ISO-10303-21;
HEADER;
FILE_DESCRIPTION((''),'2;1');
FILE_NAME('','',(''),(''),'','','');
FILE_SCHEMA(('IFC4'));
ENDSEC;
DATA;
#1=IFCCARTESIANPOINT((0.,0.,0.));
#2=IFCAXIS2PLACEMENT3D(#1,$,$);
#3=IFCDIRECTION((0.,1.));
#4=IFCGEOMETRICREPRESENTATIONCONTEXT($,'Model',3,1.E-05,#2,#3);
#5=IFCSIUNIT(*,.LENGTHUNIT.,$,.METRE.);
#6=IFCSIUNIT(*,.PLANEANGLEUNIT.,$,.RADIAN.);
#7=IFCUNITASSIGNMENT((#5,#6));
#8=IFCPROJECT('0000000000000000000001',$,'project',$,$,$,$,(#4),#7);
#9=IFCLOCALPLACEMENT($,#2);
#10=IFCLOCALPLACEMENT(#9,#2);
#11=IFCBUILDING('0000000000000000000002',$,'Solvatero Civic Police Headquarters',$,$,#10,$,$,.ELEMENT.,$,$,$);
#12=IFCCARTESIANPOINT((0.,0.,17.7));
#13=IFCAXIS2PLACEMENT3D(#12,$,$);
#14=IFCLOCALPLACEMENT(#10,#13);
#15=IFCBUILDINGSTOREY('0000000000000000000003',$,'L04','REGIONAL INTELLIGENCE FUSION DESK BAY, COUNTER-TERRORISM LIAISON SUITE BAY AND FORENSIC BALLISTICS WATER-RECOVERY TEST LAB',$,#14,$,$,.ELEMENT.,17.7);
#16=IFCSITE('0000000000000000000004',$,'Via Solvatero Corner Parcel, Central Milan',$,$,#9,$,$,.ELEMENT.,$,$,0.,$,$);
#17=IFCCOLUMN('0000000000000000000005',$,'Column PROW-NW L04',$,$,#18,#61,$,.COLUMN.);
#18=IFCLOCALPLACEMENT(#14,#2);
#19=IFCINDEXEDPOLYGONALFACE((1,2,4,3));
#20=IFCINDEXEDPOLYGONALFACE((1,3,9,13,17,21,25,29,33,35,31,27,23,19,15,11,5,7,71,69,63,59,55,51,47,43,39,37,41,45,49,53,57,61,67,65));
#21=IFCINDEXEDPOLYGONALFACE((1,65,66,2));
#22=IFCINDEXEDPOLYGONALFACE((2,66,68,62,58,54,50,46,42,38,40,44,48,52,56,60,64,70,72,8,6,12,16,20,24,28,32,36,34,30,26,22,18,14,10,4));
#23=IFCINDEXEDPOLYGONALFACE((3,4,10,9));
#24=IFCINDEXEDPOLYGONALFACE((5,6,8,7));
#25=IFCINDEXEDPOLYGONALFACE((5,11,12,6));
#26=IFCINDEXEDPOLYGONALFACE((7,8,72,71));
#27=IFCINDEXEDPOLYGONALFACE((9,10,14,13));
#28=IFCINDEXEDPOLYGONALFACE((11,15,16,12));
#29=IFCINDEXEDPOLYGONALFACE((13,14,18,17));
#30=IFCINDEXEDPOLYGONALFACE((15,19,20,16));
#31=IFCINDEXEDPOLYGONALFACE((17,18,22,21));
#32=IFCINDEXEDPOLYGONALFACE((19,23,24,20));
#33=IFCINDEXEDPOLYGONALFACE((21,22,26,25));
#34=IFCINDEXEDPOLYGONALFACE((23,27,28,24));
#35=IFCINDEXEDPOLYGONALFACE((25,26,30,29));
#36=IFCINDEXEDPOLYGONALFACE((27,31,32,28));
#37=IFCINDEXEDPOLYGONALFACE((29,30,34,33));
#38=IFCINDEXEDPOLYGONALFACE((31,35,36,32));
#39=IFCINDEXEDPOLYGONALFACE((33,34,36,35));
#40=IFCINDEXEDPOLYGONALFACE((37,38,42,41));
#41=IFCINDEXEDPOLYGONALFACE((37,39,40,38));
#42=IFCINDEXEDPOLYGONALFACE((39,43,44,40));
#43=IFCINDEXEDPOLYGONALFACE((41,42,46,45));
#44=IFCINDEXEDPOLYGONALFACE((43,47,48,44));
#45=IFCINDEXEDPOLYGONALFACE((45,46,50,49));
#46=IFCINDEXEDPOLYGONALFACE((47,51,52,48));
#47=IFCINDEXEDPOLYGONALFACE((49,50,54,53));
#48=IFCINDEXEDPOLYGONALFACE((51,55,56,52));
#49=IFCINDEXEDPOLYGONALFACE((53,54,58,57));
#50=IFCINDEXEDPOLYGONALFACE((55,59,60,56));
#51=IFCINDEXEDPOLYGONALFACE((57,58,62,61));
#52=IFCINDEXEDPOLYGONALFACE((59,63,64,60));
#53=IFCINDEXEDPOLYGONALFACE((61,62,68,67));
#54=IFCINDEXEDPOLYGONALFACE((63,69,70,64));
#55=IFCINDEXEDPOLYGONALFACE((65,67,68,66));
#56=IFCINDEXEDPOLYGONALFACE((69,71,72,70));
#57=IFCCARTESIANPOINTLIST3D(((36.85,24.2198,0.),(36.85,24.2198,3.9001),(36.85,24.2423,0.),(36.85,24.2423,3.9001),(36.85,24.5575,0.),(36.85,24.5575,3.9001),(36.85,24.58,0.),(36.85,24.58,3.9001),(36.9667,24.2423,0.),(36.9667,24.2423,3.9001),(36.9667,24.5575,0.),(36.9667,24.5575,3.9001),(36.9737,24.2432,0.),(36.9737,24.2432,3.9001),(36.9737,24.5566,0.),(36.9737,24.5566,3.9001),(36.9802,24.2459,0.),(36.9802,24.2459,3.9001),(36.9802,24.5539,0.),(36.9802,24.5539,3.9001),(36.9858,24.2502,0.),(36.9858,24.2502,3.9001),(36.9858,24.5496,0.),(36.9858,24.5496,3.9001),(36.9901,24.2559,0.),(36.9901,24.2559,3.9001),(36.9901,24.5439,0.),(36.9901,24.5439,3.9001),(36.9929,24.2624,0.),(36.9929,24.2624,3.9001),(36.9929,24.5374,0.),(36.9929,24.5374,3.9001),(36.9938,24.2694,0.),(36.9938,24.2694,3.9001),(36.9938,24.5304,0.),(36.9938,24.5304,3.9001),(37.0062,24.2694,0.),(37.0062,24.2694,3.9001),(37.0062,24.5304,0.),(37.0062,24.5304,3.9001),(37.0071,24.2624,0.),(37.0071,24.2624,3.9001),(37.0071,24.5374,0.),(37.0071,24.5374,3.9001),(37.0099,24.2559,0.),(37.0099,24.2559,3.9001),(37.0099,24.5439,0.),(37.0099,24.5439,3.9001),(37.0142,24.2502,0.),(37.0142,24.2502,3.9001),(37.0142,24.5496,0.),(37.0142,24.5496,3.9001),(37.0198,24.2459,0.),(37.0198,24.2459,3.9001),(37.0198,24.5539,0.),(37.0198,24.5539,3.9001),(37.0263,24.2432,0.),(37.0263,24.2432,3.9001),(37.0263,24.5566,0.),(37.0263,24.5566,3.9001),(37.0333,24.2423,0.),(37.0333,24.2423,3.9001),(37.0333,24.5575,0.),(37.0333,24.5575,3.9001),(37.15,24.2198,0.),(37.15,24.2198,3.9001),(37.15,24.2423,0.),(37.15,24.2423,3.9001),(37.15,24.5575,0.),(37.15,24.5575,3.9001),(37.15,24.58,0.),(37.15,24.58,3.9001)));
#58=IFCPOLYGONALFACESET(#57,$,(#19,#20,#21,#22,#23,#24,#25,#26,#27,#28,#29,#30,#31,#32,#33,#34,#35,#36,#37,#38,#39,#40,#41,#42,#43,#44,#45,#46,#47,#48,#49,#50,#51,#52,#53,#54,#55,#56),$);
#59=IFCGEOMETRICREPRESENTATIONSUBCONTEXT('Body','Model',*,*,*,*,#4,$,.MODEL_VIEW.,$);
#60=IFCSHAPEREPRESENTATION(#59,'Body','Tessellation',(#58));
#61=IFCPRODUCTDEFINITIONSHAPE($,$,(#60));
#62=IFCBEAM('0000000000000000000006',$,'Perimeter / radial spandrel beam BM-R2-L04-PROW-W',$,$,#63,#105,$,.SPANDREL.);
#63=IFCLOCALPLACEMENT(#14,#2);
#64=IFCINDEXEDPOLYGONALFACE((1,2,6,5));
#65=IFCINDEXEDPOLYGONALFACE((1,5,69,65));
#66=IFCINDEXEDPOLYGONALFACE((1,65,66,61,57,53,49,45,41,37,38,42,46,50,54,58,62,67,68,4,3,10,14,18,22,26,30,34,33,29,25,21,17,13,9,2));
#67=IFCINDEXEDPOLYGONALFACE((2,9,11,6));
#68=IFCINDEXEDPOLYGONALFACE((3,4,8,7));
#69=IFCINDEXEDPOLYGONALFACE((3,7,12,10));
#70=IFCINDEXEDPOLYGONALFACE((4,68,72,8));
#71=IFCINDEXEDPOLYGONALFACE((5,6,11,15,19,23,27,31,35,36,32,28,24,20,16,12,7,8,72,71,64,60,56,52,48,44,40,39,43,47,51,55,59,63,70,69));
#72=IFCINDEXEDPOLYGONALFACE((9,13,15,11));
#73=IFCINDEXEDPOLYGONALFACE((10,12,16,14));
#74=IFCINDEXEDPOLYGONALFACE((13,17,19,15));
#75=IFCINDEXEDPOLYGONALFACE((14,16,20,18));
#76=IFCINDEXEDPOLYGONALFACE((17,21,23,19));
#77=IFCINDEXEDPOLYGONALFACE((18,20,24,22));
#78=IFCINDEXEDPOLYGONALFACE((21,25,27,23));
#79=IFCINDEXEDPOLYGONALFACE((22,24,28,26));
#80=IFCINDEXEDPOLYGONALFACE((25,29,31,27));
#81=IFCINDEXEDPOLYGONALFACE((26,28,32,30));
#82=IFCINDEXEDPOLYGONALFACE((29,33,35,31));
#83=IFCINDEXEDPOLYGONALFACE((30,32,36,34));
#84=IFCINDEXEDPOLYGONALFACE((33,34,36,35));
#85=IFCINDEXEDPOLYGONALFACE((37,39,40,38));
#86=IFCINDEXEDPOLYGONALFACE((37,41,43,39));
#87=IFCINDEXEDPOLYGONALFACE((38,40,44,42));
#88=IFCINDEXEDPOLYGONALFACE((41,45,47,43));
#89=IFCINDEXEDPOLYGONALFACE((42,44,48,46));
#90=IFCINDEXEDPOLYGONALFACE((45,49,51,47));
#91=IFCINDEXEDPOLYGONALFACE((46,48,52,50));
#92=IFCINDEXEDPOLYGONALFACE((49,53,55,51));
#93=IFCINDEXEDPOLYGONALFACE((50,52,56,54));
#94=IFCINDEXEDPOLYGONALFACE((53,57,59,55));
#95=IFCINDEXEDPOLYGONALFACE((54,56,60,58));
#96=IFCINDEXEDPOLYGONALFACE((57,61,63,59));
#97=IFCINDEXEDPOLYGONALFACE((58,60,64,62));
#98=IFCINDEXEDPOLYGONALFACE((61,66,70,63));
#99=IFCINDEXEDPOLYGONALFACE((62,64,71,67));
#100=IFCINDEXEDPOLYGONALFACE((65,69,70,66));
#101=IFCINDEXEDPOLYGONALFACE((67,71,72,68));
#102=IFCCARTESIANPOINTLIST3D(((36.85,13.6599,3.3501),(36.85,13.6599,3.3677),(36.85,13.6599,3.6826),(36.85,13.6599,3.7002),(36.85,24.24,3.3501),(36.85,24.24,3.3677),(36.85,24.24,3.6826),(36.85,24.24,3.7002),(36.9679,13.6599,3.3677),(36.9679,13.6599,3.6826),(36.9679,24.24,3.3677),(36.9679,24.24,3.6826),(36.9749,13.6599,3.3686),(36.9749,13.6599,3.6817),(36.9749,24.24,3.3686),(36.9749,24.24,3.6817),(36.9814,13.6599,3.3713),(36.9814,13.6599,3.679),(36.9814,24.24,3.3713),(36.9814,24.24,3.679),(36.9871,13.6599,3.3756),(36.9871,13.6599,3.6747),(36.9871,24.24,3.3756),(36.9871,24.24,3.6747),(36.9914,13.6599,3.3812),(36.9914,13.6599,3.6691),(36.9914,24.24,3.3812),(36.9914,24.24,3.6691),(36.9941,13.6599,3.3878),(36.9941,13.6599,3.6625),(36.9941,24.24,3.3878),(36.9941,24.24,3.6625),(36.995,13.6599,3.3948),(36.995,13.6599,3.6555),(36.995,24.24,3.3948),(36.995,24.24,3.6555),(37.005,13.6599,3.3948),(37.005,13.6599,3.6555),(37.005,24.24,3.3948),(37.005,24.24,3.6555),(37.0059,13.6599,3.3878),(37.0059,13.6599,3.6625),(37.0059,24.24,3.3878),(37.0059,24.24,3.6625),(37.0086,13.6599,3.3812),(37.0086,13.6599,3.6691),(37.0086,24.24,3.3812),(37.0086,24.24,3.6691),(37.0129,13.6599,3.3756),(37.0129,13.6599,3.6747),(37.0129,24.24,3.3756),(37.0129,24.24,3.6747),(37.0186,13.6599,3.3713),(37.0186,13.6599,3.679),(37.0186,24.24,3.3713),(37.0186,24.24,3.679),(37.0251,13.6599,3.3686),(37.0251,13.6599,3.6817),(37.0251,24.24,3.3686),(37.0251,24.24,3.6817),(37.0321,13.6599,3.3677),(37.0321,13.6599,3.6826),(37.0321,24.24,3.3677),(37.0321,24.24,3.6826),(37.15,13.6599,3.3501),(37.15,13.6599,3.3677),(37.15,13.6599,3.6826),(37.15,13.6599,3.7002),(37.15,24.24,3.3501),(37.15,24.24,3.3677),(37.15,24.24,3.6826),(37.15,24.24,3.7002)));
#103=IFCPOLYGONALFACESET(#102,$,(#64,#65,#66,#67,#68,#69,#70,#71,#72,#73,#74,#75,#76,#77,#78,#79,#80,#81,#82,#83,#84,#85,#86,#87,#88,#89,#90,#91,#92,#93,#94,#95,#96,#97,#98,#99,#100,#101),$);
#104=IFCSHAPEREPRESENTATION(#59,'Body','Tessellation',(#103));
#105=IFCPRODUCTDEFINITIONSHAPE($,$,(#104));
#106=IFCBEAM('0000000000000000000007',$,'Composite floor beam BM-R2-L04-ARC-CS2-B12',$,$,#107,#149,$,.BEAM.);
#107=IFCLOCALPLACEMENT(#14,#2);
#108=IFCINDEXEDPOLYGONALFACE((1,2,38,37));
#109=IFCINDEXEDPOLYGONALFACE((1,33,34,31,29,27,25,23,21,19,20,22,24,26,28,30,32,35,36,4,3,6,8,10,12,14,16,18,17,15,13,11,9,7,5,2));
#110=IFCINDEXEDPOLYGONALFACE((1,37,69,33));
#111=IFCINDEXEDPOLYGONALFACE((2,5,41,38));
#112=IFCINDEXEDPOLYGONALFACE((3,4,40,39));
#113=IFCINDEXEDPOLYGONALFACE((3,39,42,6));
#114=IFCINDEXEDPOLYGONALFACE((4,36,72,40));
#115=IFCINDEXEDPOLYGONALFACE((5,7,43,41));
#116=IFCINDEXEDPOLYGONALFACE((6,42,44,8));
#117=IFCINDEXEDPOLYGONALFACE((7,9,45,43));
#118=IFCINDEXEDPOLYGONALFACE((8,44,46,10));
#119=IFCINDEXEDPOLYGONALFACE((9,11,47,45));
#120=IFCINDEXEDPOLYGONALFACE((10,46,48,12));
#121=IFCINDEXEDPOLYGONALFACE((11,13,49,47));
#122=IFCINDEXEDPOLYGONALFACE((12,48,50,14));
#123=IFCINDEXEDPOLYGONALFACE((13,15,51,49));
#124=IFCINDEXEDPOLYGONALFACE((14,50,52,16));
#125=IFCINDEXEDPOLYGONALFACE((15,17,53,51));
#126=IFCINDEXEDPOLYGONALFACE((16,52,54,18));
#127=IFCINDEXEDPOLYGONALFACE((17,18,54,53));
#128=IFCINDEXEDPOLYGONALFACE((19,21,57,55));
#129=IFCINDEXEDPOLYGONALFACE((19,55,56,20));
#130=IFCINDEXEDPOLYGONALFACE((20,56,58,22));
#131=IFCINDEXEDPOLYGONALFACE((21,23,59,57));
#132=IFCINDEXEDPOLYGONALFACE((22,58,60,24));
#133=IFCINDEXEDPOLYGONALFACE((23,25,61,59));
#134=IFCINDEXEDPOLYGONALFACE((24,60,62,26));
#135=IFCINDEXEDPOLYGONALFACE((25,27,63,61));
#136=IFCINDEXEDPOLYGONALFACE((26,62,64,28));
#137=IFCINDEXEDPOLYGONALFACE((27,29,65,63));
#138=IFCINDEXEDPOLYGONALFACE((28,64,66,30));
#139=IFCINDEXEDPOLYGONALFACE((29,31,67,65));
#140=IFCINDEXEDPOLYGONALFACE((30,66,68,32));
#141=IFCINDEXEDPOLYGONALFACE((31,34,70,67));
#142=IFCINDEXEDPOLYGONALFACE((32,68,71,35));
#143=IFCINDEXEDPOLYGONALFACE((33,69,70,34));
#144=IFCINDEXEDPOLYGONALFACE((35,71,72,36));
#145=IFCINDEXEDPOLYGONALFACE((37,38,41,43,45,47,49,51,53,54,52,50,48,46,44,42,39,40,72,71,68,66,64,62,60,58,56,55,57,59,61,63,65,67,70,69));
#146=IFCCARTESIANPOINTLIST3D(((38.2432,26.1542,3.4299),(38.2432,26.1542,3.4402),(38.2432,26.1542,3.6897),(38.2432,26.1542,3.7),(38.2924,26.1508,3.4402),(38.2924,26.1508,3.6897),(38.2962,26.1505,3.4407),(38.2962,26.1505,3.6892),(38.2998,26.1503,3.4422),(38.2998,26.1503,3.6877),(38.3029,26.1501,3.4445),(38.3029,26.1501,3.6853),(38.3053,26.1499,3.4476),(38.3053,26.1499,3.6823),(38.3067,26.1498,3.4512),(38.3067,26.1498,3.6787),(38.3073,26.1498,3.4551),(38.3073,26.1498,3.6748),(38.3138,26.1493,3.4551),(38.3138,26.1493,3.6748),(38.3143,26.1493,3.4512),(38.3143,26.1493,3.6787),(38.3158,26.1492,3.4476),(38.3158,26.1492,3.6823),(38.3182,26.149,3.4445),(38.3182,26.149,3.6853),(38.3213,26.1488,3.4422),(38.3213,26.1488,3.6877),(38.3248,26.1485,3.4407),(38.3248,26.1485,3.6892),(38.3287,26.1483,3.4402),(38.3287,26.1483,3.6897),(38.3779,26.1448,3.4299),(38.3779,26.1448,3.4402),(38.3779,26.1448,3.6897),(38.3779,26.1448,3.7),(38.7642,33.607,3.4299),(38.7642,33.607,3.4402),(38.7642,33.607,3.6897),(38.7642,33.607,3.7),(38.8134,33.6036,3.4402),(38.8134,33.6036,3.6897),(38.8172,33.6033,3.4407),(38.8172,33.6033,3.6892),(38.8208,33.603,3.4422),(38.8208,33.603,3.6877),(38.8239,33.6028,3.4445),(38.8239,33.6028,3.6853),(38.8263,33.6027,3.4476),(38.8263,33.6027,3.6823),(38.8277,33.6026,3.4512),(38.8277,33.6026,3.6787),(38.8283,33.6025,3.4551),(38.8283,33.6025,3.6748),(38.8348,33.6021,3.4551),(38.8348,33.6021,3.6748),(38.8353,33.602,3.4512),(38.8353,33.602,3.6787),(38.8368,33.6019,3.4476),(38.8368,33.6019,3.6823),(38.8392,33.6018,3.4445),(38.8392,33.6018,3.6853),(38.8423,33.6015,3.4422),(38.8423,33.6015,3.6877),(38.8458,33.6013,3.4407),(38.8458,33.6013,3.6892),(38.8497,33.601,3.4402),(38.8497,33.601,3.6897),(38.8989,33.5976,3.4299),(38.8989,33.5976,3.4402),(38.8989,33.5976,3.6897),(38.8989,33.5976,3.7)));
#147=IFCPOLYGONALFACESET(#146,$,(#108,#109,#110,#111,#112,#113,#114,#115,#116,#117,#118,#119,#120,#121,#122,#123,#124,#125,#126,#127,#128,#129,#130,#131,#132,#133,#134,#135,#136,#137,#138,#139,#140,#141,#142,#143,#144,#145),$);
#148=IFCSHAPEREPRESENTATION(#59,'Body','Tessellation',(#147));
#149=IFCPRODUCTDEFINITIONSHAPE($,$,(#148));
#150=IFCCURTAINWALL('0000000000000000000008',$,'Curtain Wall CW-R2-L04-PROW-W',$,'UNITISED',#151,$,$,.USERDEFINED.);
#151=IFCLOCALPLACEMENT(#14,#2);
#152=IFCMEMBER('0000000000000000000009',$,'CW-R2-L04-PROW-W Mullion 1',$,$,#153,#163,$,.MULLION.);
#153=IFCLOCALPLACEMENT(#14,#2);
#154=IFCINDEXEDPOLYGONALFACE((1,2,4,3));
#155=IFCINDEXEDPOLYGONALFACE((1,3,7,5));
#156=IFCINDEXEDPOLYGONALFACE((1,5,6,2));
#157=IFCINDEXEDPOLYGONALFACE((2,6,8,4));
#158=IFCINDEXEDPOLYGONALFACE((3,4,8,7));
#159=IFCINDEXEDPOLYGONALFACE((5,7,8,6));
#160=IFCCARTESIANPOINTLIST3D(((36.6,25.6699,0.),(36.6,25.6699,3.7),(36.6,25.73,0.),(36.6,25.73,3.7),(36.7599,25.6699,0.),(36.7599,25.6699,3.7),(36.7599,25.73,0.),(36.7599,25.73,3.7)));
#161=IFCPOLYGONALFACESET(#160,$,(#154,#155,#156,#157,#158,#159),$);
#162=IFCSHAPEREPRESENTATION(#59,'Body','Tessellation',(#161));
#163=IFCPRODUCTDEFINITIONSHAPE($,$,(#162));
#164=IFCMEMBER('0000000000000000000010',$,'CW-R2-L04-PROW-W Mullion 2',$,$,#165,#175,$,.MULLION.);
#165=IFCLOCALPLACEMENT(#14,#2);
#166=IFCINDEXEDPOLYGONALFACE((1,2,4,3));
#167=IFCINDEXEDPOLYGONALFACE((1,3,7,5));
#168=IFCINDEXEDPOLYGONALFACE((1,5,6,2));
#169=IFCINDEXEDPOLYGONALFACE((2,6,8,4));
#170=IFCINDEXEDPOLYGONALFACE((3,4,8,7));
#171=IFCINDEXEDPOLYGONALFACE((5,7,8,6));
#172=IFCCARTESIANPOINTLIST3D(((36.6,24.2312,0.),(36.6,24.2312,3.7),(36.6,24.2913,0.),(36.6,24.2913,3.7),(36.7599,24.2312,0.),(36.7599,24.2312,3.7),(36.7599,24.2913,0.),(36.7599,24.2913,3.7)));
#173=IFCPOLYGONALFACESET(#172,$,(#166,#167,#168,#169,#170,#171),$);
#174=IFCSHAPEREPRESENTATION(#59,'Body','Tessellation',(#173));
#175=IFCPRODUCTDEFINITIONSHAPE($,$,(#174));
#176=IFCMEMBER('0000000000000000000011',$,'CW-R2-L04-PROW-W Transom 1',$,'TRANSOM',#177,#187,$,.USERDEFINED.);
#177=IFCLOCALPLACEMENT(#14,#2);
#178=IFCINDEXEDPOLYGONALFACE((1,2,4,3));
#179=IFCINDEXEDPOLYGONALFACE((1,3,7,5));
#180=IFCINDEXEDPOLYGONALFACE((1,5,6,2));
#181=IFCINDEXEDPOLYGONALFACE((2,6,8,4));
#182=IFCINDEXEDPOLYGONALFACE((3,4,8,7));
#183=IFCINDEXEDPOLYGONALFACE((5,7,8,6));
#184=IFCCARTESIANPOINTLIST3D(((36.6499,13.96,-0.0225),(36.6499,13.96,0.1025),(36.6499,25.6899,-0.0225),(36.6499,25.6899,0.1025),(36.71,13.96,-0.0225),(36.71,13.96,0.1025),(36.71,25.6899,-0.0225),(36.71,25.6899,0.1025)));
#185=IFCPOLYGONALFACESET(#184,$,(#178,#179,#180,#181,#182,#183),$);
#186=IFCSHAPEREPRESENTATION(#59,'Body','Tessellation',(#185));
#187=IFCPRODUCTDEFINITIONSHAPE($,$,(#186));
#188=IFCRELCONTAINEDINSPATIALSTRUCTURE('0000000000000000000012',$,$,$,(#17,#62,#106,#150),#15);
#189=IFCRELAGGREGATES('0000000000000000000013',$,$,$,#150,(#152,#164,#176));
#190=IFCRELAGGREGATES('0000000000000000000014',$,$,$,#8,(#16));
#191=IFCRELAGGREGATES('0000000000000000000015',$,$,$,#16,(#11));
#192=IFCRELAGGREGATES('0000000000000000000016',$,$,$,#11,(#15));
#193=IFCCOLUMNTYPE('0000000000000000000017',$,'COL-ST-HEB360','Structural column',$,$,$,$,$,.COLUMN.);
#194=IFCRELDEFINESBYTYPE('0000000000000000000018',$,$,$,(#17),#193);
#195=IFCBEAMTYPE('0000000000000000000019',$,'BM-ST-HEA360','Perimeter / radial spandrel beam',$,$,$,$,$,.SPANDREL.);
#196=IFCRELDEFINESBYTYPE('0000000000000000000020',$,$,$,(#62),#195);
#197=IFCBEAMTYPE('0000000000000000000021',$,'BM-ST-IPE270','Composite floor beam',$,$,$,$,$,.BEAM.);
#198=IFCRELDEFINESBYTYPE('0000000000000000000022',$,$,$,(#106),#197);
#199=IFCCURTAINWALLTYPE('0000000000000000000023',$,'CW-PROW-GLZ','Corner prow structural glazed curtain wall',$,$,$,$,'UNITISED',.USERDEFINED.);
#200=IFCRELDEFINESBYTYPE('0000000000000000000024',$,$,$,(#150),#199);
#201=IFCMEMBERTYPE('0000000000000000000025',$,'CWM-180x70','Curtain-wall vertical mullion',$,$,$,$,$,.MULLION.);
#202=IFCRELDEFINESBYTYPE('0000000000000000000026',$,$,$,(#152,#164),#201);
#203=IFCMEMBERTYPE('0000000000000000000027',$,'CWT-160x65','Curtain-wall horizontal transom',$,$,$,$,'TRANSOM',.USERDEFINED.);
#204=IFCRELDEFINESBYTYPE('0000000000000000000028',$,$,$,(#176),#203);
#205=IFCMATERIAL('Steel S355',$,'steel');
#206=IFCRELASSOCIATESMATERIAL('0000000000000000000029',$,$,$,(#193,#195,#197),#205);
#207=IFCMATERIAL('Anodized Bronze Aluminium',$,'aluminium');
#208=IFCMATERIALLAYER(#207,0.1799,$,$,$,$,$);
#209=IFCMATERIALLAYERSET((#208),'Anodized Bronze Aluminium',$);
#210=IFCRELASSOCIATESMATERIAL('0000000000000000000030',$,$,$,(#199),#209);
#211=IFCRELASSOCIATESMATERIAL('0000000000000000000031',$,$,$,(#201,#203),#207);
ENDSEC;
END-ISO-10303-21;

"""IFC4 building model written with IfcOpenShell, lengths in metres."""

from ifc_helpers import new_model, si_unit, direction, frame, origin, origin_2d, place, context, subcontext, project, spatial, rectangle, i_section, extrude, material, layer, layer_set, material_profile, profile_set, type_object, element, aggregate, save


model = new_model("IFC4")

# Units and contexts
model_context = context("Model", 3, precision=1e-05, world=origin(), true_north=direction((0.0, 1.0)))
body_context = subcontext(model_context, "Body", "Model", "MODEL_VIEW")
ifc_project = project(units=[si_unit("LENGTHUNIT", "METRE"), si_unit("PLANEANGLEUNIT", "RADIAN")], contexts=[model_context])

# Site, building, storey
site_placement = place(None, origin())
site = spatial("IfcSite", under=ifc_project, at=site_placement, Name="Via Solvatero Corner Parcel, Central Milan", CompositionType="ELEMENT", RefElevation=0.0)
building_placement = place(site_placement, origin())
building = spatial("IfcBuilding", under=site, at=building_placement, Name="Solvatero Civic Police Headquarters", CompositionType="ELEMENT")
storey_placement = place(building_placement, frame((0.0, 0.0, 17.7)))
storey = spatial("IfcBuildingStorey", under=building, at=storey_placement, Name="L04", Description="REGIONAL INTELLIGENCE FUSION DESK BAY, COUNTER-TERRORISM LIAISON SUITE BAY AND FORENSIC BALLISTICS WATER-RECOVERY TEST LAB", CompositionType="ELEMENT", Elevation=17.7)

# Column
ifc_material_1 = material(Name="Steel S355", Category="steel")
ifc_material_profile_1 = material_profile(ifc_material_1, i_section(OverallWidth=0.3, OverallDepth=0.3601, WebThickness=0.0125, FlangeThickness=0.0225, FilletRadius=0.0271, at=origin_2d()), Name="HEB 360")
ifc_profile_set_1 = profile_set([ifc_material_profile_1], Name="Steel S355")
column_type = type_object("IfcColumnType", Name="COL-ST-HEB360", Description="Structural column", PredefinedType="COLUMN", material=ifc_profile_set_1)
column_placement = place(storey_placement, frame((37.0, 24.3999, 0.0), z_axis=(0.0, 0.0, 1.0), x_axis=(1.0, 0.0, 0.0)))
element("IfcColumn", 1, at=column_placement, inside=storey, type_object=column_type, Name="Column PROW-NW L04", PredefinedType="COLUMN", context=body_context, shape_type="SweptSolid", body=[
    extrude(i_section(OverallWidth=0.3, OverallDepth=0.3601, WebThickness=0.0125, FlangeThickness=0.0225, FilletRadius=0.0271, at=origin_2d()), origin(), (0.0, 0.0, 1.0), 3.9001),
])

# Beams
ifc_material_profile_2 = material_profile(ifc_material_1, i_section(OverallWidth=0.3, OverallDepth=0.3501, WebThickness=0.01, FlangeThickness=0.0176, FilletRadius=0.0271, at=origin_2d()), Name="HEA 360")
ifc_profile_set_2 = profile_set([ifc_material_profile_2], Name="Steel S355")
beam_type_1 = type_object("IfcBeamType", Name="BM-ST-HEA360", Description="Perimeter / radial spandrel beam", PredefinedType="SPANDREL", material=ifc_profile_set_2)
beam_1_placement = place(storey_placement, frame((37.0, 24.24, 3.5251), z_axis=(0.0, -1.0, 0.0), x_axis=(1.0, 0.0, 0.0)))
element("IfcBeam", 2, at=beam_1_placement, inside=storey, type_object=beam_type_1, Name="Perimeter / radial spandrel beam BM-R2-L04-PROW-W", PredefinedType="SPANDREL", context=body_context, shape_type="SweptSolid", body=[
    extrude(i_section(OverallWidth=0.3, OverallDepth=0.3501, WebThickness=0.01, FlangeThickness=0.0176, FilletRadius=0.0271, at=origin_2d()), origin(), (0.0, 0.0, 1.0), 10.5801),
])
ifc_material_profile_3 = material_profile(ifc_material_1, i_section(OverallWidth=0.135, OverallDepth=0.27, WebThickness=0.0066, FlangeThickness=0.0103, FilletRadius=0.0149, at=origin_2d()), Name="IPE 270")
ifc_profile_set_3 = profile_set([ifc_material_profile_3], Name="Steel S355")
beam_type_2 = type_object("IfcBeamType", Name="BM-ST-IPE270", Description="Composite floor beam", PredefinedType="BEAM", material=ifc_profile_set_3)
beam_2_placement = place(storey_placement, frame((38.8315, 33.6023, 3.5649), z_axis=(-0.069737, -0.997565, 0.0), x_axis=(0.997565, -0.069737, 0.0)))
element("IfcBeam", 3, at=beam_2_placement, inside=storey, type_object=beam_type_2, Name="Composite floor beam BM-R2-L04-ARC-CS2-B12", PredefinedType="BEAM", context=body_context, shape_type="SweptSolid", body=[
    extrude(i_section(OverallWidth=0.135, OverallDepth=0.27, WebThickness=0.0066, FlangeThickness=0.0103, FilletRadius=0.0149, at=origin_2d()), origin(), (0.0, 0.0, 1.0), 7.4709),
])

# Curtain wall, members
ifc_material_2 = material(Name="Anodized Bronze Aluminium", Category="aluminium")
ifc_layer_1 = layer(ifc_material_2, 0.1799)
ifc_layer_set_1 = layer_set([ifc_layer_1], Name="Anodized Bronze Aluminium")
curtain_wall_type = type_object("IfcCurtainWallType", Name="CW-PROW-GLZ", Description="Corner prow structural glazed curtain wall", ElementType="UNITISED", PredefinedType="USERDEFINED", material=ifc_layer_set_1)
curtain_wall_placement = place(storey_placement, origin())
curtain_wall = element("IfcCurtainWall", 4, at=curtain_wall_placement, inside=storey, type_object=curtain_wall_type, Name="Curtain Wall CW-R2-L04-PROW-W", ObjectType="UNITISED", PredefinedType="USERDEFINED")
ifc_material_profile_4 = material_profile(ifc_material_2, rectangle(XDim=0.0601, YDim=0.1599, at=origin_2d()), Name="ALU MULLION 60x160")
ifc_profile_set_4 = profile_set([ifc_material_profile_4], Name="Anodized Bronze Aluminium")
member_type_1 = type_object("IfcMemberType", Name="CWM-180x70", Description="Curtain-wall vertical mullion", PredefinedType="MULLION", material=ifc_profile_set_4)
member_1_placement = place(storey_placement, frame((36.6799, 25.7, 0.0), z_axis=(0.0, 0.0, 1.0), x_axis=(0.0, -1.0, 0.0)))
member_1 = element("IfcMember", 5, at=member_1_placement, type_object=member_type_1, Name="CW-R2-L04-PROW-W Mullion 1", PredefinedType="MULLION", context=body_context, shape_type="SweptSolid", body=[
    extrude(rectangle(XDim=0.0601, YDim=0.1599, at=origin_2d()), origin(), (0.0, 0.0, 1.0), 3.7),
])
member_2_placement = place(storey_placement, frame((36.6799, 24.2612, 0.0), z_axis=(0.0, 0.0, 1.0), x_axis=(0.0, -1.0, 0.0)))
member_2 = element("IfcMember", 6, at=member_2_placement, type_object=member_type_1, Name="CW-R2-L04-PROW-W Mullion 2", PredefinedType="MULLION", context=body_context, shape_type="SweptSolid", body=[
    extrude(rectangle(XDim=0.0601, YDim=0.1599, at=origin_2d()), origin(), (0.0, 0.0, 1.0), 3.7),
])
ifc_material_profile_5 = material_profile(ifc_material_2, rectangle(XDim=0.0601, YDim=0.125, at=origin_2d()), Name="ALU TRANSOM 60x125")
ifc_profile_set_5 = profile_set([ifc_material_profile_5], Name="Anodized Bronze Aluminium")
member_type_2 = type_object("IfcMemberType", Name="CWT-160x65", Description="Curtain-wall horizontal transom", ElementType="TRANSOM", PredefinedType="USERDEFINED", material=ifc_profile_set_5)
member_3_placement = place(storey_placement, frame((36.6799, 25.6899, 0.04), z_axis=(0.0, -1.0, 0.0), x_axis=(1.0, 0.0, 0.0)))
member_3 = element("IfcMember", 7, at=member_3_placement, type_object=member_type_2, Name="CW-R2-L04-PROW-W Transom 1", ObjectType="TRANSOM", PredefinedType="USERDEFINED", context=body_context, shape_type="SweptSolid", body=[
    extrude(rectangle(XDim=0.0601, YDim=0.125, at=origin_2d()), origin(), (0.0, 0.0, 1.0), 11.73),
])
aggregate(curtain_wall, [member_1, member_2, member_3])

save(model, "model.ifc")
